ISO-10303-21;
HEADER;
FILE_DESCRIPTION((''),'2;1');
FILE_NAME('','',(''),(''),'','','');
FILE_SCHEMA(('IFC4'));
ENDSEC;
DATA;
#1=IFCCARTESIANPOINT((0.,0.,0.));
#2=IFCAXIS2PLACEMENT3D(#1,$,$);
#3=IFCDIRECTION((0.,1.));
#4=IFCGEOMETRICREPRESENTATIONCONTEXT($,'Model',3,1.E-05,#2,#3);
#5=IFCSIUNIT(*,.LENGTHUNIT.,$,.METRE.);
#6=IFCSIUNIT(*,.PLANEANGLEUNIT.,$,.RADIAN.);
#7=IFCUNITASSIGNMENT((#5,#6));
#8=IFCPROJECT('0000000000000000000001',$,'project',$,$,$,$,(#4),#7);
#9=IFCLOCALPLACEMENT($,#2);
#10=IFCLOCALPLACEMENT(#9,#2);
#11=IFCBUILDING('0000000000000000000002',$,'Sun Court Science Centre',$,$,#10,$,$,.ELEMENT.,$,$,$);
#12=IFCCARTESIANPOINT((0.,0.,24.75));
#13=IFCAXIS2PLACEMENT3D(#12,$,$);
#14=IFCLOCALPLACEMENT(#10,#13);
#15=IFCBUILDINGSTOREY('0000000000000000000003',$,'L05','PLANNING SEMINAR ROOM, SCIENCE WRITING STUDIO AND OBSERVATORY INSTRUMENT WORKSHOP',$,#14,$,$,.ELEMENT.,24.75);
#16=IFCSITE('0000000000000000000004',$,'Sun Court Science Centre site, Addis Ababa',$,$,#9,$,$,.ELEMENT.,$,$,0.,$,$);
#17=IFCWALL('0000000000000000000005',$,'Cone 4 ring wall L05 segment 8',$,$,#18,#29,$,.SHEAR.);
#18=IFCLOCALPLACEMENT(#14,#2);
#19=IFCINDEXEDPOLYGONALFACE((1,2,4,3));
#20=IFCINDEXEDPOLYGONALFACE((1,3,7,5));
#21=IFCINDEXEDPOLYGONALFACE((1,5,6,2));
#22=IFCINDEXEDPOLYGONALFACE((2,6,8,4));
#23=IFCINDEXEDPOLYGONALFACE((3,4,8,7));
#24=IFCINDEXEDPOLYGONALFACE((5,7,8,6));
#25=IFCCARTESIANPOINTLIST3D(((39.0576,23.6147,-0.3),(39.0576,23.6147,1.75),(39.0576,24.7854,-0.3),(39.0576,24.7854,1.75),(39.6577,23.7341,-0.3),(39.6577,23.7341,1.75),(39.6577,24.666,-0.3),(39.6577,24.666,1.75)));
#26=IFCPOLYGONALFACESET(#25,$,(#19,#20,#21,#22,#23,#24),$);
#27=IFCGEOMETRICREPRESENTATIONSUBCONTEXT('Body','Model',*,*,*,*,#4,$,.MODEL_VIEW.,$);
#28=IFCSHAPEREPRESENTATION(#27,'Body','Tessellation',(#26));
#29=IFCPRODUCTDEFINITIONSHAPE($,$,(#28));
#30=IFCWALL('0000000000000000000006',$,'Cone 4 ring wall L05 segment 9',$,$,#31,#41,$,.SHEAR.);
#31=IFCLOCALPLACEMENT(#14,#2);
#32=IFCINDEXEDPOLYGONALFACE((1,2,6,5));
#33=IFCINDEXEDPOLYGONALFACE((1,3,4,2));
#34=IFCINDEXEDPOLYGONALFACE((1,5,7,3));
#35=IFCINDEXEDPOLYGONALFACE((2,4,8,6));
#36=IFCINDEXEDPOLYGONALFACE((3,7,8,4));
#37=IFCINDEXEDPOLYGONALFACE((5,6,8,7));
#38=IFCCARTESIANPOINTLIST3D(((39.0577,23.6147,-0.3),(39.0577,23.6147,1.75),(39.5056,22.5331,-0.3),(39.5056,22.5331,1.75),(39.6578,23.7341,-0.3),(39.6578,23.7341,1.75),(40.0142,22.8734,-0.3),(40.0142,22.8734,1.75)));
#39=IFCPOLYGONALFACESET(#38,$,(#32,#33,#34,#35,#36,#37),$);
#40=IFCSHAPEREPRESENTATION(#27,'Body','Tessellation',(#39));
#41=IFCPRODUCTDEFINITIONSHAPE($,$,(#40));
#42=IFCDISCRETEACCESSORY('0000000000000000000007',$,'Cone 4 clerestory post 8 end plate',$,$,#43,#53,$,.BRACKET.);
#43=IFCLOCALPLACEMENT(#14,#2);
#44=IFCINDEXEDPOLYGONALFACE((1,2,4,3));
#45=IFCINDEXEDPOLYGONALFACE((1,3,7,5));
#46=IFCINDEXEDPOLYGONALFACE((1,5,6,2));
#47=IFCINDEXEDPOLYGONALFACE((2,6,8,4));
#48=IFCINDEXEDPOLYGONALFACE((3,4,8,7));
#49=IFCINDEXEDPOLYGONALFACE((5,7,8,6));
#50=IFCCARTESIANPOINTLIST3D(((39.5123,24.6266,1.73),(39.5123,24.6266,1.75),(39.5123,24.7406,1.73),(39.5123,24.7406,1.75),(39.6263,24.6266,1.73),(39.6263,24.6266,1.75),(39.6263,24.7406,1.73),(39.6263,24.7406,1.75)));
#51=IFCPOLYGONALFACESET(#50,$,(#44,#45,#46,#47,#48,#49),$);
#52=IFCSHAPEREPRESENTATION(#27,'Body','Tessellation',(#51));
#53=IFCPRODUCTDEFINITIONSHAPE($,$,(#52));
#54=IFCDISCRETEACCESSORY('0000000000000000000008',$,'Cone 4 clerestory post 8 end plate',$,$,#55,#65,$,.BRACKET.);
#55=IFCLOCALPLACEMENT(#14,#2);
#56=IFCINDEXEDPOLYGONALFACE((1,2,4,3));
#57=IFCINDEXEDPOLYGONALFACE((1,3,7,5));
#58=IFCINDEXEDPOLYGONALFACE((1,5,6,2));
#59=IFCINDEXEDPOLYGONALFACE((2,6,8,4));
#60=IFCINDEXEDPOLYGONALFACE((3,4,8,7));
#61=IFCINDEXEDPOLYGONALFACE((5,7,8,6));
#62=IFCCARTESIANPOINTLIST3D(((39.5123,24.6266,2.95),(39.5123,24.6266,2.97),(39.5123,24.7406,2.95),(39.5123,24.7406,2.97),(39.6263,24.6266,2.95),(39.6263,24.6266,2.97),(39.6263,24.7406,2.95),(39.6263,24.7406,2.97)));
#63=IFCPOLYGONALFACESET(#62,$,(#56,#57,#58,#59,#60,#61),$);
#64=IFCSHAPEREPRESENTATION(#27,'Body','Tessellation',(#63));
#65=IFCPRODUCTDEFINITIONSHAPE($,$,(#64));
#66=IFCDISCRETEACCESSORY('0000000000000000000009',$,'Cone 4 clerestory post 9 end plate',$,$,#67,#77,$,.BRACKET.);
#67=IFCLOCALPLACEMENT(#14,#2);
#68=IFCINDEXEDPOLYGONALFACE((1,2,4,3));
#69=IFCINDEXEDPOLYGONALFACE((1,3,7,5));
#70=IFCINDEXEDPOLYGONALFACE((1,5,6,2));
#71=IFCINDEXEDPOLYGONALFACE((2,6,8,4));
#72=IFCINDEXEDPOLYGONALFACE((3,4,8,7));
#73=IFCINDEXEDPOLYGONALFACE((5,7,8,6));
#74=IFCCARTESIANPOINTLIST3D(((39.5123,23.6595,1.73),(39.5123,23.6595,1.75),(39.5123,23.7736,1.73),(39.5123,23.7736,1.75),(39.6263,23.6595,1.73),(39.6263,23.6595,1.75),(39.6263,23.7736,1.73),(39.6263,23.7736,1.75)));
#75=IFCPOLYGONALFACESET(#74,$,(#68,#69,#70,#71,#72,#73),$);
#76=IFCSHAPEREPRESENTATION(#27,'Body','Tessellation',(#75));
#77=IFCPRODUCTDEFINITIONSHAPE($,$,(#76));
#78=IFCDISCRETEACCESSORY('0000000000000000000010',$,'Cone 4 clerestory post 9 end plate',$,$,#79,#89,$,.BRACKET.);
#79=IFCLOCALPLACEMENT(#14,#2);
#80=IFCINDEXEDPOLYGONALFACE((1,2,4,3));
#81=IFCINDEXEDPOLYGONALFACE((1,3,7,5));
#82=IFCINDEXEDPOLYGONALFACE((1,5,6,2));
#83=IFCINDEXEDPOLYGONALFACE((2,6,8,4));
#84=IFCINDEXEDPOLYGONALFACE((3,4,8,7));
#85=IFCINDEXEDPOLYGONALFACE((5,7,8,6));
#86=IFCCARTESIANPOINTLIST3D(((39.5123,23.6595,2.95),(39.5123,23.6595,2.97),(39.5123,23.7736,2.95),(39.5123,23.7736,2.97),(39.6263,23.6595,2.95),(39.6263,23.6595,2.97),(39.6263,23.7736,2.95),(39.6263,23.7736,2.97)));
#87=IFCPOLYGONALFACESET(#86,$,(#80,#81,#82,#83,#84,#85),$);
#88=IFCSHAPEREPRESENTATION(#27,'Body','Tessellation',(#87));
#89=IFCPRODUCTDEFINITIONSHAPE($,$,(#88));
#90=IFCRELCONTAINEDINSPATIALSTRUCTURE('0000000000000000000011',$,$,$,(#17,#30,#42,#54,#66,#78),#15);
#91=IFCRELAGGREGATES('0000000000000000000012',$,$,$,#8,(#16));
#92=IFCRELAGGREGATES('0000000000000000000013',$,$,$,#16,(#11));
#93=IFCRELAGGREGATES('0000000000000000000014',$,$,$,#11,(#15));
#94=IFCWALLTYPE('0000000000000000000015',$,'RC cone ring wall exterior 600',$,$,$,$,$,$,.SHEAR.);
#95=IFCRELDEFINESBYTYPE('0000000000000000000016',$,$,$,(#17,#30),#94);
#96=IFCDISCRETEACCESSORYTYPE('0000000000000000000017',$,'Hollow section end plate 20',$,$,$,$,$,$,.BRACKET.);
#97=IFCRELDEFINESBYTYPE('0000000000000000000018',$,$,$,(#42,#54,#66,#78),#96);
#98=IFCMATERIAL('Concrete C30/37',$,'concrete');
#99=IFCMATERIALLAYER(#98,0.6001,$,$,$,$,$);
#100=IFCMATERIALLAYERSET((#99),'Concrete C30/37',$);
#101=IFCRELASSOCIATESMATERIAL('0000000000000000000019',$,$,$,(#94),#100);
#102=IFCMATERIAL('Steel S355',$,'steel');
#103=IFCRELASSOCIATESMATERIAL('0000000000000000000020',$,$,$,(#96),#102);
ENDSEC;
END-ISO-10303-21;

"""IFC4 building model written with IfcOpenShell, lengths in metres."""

from ifc_helpers import new_model, si_unit, direction, frame, origin, origin_2d, place, context, subcontext, project, spatial, polyline, rectangle, outline, extrude, material, layer, layer_set, type_object, element, save


model = new_model("IFC4")

# Units and contexts
model_context = context("Model", 3, precision=1e-05, world=origin(), true_north=direction((0.0, 1.0)))
body_context = subcontext(model_context, "Body", "Model", "MODEL_VIEW")
ifc_project = project(units=[si_unit("LENGTHUNIT", "METRE"), si_unit("PLANEANGLEUNIT", "RADIAN")], contexts=[model_context])

# Site, building, storey
site_placement = place(None, origin())
site = spatial("IfcSite", under=ifc_project, at=site_placement, Name="Sun Court Science Centre site, Addis Ababa", CompositionType="ELEMENT", RefElevation=0.0)
building_placement = place(site_placement, origin())
building = spatial("IfcBuilding", under=site, at=building_placement, Name="Sun Court Science Centre", CompositionType="ELEMENT")
storey_placement = place(building_placement, frame((0.0, 0.0, 24.75)))
storey = spatial("IfcBuildingStorey", under=building, at=storey_placement, Name="L05", Description="PLANNING SEMINAR ROOM, SCIENCE WRITING STUDIO AND OBSERVATORY INSTRUMENT WORKSHOP", CompositionType="ELEMENT", Elevation=24.75)

# Walls
ifc_material_1 = material(Name="Concrete C30/37", Category="concrete")
ifc_layer_1 = layer(ifc_material_1, 0.6001)
ifc_layer_set_1 = layer_set([ifc_layer_1], Name="Concrete C30/37")
wall_type = type_object("IfcWallType", Name="RC cone ring wall exterior 600", PredefinedType="SHEAR", material=ifc_layer_set_1)
wall_1_placement = place(storey_placement, frame((39.3577, 24.7852, -0.3), z_axis=(0.0, 0.0, 1.0), x_axis=(0.0, -1.0, 0.0)))
element("IfcWall", 1, at=wall_1_placement, inside=storey, type_object=wall_type, Name="Cone 4 ring wall L05 segment 8", PredefinedType="SHEAR", context=body_context, shape_type="SweptSolid", body=[
    extrude(outline(polyline([(-0.0002, -0.3), (1.1704, -0.3), (1.051, 0.3), (0.1191, 0.3), (-0.0002, -0.3)])), origin(), (0.0, 0.0, 1.0), 2.05),
])
wall_2_placement = place(storey_placement, frame((39.3347, 23.7295, -0.3), z_axis=(0.0, 0.0, 1.0), x_axis=(0.382763, -0.923846, 0.0)))
element("IfcWall", 2, at=wall_2_placement, inside=storey, type_object=wall_type, Name="Cone 4 ring wall L05 segment 9", PredefinedType="SHEAR", context=body_context, shape_type="SweptSolid", body=[
    extrude(outline(polyline([(0.0, -0.2998), (1.1707, -0.3), (1.051, 0.3), (0.1194, 0.3003), (0.0, -0.2998)])), origin(), (0.0, 0.0, 1.0), 2.05),
])

# Discrete accessories
ifc_material_2 = material(Name="Steel S355", Category="steel")
discrete_accessory_type = type_object("IfcDiscreteAccessoryType", Name="Hollow section end plate 20", PredefinedType="BRACKET", material=ifc_material_2)
for number, where, z_axis, x_axis, name in (
    (3, (39.5693, 24.6836, 1.73), (0.0, 0.0, 1.0), (1.0, 0.0, 0.0), "Cone 4 clerestory post 8 end plate"),
    (4, (39.5693, 24.6836, 2.95), (0.0, 0.0, 1.0), (1.0, 0.0, 0.0), "Cone 4 clerestory post 8 end plate"),
    (5, (39.5693, 23.7166, 1.73), (0.0, 0.0, 1.0), (1.0, 0.0, 0.0), "Cone 4 clerestory post 9 end plate"),
    (6, (39.5693, 23.7166, 2.95), (0.0, 0.0, 1.0), (1.0, 0.0, 0.0), "Cone 4 clerestory post 9 end plate"),
):
    element("IfcDiscreteAccessory", number, at=place(storey_placement, frame(where, z_axis=z_axis, x_axis=x_axis)), inside=storey, type_object=discrete_accessory_type, Name=name, PredefinedType="BRACKET", context=body_context, shape_type="SweptSolid", body=[
        extrude(rectangle(XDim=0.114, YDim=0.114, at=origin_2d()), origin(), (0.0, 0.0, 1.0), 0.02),
    ])

save(model, "model.ifc")
